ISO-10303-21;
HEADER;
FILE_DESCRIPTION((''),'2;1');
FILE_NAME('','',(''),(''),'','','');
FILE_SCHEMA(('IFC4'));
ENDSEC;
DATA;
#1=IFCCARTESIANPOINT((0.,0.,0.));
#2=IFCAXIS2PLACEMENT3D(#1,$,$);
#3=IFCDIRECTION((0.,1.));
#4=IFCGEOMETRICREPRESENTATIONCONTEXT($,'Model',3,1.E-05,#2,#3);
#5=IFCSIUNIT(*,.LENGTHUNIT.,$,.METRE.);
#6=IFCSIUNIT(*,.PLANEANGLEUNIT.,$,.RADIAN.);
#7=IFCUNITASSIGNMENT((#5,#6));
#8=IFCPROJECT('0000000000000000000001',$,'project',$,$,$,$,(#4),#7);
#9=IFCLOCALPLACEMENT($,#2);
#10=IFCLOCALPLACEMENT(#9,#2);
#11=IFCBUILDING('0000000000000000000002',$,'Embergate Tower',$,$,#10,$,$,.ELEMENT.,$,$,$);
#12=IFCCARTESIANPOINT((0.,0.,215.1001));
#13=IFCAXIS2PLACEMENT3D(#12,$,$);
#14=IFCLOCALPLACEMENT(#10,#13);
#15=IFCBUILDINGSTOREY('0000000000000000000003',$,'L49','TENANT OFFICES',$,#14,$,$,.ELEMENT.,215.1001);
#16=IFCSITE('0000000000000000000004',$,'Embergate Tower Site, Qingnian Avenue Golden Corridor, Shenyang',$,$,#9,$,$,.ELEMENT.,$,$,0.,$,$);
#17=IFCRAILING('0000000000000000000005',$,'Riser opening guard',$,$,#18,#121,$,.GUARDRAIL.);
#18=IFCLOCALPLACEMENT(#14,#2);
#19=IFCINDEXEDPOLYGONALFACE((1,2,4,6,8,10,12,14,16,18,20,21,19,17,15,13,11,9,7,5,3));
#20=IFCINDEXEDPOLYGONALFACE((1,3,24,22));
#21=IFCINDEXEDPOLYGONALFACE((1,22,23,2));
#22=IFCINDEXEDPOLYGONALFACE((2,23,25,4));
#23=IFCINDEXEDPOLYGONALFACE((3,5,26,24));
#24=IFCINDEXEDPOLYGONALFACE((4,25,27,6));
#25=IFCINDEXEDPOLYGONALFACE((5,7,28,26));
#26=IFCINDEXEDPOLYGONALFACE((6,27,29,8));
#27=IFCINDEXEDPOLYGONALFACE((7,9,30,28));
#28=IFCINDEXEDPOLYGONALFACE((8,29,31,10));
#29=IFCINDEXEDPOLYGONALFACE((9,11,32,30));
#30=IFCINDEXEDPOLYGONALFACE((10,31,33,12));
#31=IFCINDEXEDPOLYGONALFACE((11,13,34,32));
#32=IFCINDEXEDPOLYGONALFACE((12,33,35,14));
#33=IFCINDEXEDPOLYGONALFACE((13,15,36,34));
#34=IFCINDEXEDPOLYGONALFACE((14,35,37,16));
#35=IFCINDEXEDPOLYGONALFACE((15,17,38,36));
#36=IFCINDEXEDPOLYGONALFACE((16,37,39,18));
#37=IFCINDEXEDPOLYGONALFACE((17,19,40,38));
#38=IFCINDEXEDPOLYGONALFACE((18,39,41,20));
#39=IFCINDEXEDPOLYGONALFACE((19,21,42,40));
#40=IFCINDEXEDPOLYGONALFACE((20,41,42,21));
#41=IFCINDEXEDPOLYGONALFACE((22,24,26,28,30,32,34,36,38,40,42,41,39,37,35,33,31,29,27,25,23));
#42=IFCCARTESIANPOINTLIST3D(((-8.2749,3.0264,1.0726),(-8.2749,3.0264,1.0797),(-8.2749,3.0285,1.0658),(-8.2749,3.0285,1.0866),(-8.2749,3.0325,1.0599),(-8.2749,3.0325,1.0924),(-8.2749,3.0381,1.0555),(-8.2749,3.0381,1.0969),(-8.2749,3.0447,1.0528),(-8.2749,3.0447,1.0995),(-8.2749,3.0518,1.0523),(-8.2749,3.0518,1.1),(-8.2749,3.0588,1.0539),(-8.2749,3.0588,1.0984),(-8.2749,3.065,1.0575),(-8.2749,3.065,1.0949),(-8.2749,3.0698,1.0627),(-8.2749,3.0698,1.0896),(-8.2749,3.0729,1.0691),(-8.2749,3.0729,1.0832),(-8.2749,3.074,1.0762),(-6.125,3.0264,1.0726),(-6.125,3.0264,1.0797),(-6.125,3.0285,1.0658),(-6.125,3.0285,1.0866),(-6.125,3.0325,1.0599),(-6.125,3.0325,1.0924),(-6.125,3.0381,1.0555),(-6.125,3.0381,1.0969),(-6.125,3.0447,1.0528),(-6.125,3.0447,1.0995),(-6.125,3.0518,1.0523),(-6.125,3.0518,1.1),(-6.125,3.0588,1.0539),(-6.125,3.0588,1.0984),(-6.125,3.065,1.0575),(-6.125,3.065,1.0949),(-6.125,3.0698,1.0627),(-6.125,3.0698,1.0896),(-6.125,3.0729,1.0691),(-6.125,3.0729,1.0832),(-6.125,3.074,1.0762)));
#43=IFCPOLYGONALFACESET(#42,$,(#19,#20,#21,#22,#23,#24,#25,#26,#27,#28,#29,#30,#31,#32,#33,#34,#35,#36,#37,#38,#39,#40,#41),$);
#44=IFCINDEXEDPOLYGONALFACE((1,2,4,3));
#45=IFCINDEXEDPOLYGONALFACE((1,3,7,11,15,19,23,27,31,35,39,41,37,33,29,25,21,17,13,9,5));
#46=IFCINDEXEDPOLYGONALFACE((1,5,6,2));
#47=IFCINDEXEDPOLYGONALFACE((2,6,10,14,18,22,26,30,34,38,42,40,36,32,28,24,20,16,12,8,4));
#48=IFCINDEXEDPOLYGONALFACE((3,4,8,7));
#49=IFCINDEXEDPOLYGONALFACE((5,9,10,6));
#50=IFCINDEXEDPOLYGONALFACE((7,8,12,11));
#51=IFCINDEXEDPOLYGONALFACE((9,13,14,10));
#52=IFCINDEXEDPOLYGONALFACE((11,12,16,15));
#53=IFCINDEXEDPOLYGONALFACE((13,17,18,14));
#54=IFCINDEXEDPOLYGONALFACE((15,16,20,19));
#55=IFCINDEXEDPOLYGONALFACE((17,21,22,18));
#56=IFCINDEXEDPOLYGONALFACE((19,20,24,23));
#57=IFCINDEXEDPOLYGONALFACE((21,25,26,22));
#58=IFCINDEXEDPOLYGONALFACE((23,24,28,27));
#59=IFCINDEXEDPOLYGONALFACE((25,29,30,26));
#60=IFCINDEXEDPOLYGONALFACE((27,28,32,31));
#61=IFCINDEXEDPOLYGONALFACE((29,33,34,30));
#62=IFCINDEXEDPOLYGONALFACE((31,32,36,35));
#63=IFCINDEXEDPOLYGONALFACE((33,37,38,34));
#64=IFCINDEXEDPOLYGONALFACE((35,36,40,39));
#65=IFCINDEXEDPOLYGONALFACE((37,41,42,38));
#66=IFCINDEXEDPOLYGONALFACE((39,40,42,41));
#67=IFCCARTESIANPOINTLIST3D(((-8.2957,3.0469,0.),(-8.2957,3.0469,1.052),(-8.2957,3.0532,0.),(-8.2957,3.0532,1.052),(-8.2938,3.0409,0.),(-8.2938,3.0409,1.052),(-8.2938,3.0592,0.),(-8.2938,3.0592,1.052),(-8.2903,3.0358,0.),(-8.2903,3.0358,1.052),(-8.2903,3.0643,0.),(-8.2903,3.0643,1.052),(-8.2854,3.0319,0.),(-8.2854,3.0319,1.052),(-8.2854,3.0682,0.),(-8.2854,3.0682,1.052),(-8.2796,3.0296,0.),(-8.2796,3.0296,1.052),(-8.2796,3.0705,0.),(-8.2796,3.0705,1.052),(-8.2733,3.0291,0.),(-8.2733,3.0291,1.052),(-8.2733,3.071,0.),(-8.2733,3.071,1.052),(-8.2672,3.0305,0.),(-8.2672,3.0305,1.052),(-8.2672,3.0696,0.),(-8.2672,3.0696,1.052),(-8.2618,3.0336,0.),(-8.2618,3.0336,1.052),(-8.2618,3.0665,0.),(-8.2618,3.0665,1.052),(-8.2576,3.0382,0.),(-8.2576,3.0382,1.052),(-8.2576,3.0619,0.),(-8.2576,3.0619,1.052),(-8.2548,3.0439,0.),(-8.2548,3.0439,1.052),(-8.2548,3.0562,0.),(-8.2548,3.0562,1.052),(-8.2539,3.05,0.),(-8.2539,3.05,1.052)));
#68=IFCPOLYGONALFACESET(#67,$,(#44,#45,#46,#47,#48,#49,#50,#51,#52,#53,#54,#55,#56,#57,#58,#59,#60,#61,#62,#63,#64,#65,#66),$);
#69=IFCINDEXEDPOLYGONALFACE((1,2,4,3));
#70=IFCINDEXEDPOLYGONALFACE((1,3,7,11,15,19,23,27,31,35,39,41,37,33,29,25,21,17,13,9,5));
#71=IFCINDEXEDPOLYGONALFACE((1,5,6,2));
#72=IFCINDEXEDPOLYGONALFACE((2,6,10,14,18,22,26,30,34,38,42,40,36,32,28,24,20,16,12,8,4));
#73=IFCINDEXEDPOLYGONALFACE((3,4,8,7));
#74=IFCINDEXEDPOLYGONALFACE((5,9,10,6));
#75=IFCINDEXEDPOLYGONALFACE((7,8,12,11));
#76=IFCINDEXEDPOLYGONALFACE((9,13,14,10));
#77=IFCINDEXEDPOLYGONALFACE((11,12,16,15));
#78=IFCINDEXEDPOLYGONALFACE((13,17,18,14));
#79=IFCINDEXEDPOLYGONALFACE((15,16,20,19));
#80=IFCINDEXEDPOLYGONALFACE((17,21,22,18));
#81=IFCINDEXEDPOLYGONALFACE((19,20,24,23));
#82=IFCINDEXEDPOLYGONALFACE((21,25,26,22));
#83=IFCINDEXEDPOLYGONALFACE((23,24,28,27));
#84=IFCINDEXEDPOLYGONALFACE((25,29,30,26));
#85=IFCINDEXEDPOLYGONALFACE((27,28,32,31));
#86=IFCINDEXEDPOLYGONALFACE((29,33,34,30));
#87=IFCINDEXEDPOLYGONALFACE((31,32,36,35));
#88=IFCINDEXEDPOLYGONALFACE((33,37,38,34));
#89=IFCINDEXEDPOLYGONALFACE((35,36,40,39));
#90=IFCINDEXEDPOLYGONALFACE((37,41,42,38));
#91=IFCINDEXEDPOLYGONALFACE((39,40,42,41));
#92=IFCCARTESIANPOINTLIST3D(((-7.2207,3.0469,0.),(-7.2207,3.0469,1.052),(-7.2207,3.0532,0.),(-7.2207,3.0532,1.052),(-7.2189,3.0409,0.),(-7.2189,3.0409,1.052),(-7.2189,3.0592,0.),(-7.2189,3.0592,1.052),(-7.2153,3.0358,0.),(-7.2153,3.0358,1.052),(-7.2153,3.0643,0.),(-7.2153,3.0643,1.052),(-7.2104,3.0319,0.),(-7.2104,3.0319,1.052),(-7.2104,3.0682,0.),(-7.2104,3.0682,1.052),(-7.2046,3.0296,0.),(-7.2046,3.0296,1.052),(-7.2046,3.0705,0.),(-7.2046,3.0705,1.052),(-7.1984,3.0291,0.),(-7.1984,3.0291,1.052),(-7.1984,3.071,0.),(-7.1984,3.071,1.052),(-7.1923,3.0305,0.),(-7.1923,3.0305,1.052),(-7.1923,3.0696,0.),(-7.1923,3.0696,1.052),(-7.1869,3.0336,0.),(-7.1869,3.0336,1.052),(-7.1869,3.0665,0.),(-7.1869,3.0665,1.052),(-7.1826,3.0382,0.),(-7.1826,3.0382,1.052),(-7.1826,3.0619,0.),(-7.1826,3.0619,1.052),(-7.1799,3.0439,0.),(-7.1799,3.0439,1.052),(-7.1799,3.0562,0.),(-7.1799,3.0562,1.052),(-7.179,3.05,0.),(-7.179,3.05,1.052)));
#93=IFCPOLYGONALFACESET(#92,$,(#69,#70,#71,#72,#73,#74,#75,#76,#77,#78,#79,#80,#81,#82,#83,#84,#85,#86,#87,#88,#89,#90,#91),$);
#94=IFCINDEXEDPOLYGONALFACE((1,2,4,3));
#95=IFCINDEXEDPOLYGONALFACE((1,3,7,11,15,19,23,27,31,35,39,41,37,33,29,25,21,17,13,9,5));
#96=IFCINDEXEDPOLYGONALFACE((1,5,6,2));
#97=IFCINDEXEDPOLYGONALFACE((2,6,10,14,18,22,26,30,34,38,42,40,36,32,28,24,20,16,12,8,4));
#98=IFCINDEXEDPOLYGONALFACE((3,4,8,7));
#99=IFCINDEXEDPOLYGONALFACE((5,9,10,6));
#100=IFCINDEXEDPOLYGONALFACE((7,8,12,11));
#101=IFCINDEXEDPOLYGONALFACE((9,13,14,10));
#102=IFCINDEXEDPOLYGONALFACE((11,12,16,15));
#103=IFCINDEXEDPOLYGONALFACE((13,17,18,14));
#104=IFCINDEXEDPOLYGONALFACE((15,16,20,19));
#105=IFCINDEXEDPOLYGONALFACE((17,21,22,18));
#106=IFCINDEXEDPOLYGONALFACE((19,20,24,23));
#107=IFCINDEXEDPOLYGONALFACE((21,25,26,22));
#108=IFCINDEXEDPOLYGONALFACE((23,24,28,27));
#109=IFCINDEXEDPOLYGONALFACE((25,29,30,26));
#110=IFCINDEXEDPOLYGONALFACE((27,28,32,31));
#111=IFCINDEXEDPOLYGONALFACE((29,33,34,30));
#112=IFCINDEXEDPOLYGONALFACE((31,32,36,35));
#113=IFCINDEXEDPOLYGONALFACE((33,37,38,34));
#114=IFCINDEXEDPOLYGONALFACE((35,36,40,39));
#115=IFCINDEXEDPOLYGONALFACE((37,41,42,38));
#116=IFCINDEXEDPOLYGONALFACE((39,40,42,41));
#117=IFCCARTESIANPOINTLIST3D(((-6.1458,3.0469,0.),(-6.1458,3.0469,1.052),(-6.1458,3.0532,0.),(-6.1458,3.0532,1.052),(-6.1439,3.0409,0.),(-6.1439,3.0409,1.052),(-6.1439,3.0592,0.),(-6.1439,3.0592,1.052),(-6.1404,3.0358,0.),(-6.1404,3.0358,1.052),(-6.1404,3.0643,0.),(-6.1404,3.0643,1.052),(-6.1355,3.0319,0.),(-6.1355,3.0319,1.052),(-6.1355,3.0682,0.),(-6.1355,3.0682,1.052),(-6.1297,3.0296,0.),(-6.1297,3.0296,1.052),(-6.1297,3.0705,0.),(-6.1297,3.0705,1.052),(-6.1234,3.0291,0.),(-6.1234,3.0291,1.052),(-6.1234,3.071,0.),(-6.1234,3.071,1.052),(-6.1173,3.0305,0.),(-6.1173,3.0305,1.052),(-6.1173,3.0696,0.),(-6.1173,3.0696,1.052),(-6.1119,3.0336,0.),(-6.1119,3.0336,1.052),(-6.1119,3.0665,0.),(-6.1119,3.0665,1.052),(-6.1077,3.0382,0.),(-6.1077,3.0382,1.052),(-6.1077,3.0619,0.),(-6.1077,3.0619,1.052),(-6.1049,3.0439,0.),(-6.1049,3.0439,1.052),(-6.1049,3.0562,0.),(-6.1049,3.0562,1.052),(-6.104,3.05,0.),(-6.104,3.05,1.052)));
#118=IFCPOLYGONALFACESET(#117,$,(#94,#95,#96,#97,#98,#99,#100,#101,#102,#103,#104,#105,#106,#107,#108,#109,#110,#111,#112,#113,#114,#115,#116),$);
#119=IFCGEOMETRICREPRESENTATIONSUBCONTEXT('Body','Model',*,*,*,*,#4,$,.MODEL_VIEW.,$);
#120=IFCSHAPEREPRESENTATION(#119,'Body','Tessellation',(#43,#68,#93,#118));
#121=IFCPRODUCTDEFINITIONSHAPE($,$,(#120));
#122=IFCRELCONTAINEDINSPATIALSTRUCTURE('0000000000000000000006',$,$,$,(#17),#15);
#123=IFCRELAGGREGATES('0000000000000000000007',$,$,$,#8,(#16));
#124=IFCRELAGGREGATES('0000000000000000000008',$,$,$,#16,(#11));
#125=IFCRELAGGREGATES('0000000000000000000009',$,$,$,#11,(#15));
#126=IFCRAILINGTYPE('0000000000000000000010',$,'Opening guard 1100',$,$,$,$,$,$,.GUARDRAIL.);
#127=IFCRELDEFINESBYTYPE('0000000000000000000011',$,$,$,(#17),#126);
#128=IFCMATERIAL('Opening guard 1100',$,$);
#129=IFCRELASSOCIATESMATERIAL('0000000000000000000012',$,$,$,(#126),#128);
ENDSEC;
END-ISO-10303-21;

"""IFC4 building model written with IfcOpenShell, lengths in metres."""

from ifc_helpers import new_model, si_unit, direction, frame, origin, origin_2d, place, context, subcontext, project, spatial, circle, extrude, source, transform, mapped, material, type_object, element, save


model = new_model("IFC4")

# Units and contexts
model_context = context("Model", 3, precision=1e-05, world=origin(), true_north=direction((0.0, 1.0)))
body_context = subcontext(model_context, "Body", "Model", "MODEL_VIEW")
ifc_project = project(units=[si_unit("LENGTHUNIT", "METRE"), si_unit("PLANEANGLEUNIT", "RADIAN")], contexts=[model_context])

# Site, building, storey
site_placement = place(None, origin())
site = spatial("IfcSite", under=ifc_project, at=site_placement, Name="Embergate Tower Site, Qingnian Avenue Golden Corridor, Shenyang", CompositionType="ELEMENT", RefElevation=0.0)
building_placement = place(site_placement, origin())
building = spatial("IfcBuilding", under=site, at=building_placement, Name="Embergate Tower", CompositionType="ELEMENT")
storey_placement = place(building_placement, frame((0.0, 0.0, 215.1001)))
storey = spatial("IfcBuildingStorey", under=building, at=storey_placement, Name="L49", Description="TENANT OFFICES", CompositionType="ELEMENT", Elevation=215.1001)

# Railing
ifc_material_1 = material(Name="Opening guard 1100")
railing_type_1 = type_object("IfcRailingType", Name="Opening guard 1100", PredefinedType="GUARDRAIL", material=ifc_material_1)
shared_shape_1 = source(origin(), body_context, "Body", "SweptSolid", [
    extrude(circle(Radius=0.0239, at=origin_2d()), frame((0.0, 0.0, 1.0762), z_axis=(1.0, 0.0, 0.0), x_axis=(0.0, 1.0, 0.0)), (0.0, 0.0, 1.0), 2.1499),
    extrude(circle(Radius=0.021, at=origin_2d()), origin(), (0.0, 0.0, 1.0), 1.052),
    extrude(circle(Radius=0.021, at=origin_2d()), frame((1.075, 0.0, 0.0)), (0.0, 0.0, 1.0), 1.052),
    extrude(circle(Radius=0.021, at=origin_2d()), frame((2.1499, 0.0, 0.0)), (0.0, 0.0, 1.0), 1.052),
])
railing_1_placement = place(storey_placement, frame((-8.2749, 3.05, 0.0)))
element("IfcRailing", 1, at=railing_1_placement, inside=storey, type_object=railing_type_1, Name="Riser opening guard", PredefinedType="GUARDRAIL", context=body_context, shape_type="MappedRepresentation", body=[
    mapped(shared_shape_1, transform((0.0, 0.0, 0.0))),
])

save(model, "model.ifc")
